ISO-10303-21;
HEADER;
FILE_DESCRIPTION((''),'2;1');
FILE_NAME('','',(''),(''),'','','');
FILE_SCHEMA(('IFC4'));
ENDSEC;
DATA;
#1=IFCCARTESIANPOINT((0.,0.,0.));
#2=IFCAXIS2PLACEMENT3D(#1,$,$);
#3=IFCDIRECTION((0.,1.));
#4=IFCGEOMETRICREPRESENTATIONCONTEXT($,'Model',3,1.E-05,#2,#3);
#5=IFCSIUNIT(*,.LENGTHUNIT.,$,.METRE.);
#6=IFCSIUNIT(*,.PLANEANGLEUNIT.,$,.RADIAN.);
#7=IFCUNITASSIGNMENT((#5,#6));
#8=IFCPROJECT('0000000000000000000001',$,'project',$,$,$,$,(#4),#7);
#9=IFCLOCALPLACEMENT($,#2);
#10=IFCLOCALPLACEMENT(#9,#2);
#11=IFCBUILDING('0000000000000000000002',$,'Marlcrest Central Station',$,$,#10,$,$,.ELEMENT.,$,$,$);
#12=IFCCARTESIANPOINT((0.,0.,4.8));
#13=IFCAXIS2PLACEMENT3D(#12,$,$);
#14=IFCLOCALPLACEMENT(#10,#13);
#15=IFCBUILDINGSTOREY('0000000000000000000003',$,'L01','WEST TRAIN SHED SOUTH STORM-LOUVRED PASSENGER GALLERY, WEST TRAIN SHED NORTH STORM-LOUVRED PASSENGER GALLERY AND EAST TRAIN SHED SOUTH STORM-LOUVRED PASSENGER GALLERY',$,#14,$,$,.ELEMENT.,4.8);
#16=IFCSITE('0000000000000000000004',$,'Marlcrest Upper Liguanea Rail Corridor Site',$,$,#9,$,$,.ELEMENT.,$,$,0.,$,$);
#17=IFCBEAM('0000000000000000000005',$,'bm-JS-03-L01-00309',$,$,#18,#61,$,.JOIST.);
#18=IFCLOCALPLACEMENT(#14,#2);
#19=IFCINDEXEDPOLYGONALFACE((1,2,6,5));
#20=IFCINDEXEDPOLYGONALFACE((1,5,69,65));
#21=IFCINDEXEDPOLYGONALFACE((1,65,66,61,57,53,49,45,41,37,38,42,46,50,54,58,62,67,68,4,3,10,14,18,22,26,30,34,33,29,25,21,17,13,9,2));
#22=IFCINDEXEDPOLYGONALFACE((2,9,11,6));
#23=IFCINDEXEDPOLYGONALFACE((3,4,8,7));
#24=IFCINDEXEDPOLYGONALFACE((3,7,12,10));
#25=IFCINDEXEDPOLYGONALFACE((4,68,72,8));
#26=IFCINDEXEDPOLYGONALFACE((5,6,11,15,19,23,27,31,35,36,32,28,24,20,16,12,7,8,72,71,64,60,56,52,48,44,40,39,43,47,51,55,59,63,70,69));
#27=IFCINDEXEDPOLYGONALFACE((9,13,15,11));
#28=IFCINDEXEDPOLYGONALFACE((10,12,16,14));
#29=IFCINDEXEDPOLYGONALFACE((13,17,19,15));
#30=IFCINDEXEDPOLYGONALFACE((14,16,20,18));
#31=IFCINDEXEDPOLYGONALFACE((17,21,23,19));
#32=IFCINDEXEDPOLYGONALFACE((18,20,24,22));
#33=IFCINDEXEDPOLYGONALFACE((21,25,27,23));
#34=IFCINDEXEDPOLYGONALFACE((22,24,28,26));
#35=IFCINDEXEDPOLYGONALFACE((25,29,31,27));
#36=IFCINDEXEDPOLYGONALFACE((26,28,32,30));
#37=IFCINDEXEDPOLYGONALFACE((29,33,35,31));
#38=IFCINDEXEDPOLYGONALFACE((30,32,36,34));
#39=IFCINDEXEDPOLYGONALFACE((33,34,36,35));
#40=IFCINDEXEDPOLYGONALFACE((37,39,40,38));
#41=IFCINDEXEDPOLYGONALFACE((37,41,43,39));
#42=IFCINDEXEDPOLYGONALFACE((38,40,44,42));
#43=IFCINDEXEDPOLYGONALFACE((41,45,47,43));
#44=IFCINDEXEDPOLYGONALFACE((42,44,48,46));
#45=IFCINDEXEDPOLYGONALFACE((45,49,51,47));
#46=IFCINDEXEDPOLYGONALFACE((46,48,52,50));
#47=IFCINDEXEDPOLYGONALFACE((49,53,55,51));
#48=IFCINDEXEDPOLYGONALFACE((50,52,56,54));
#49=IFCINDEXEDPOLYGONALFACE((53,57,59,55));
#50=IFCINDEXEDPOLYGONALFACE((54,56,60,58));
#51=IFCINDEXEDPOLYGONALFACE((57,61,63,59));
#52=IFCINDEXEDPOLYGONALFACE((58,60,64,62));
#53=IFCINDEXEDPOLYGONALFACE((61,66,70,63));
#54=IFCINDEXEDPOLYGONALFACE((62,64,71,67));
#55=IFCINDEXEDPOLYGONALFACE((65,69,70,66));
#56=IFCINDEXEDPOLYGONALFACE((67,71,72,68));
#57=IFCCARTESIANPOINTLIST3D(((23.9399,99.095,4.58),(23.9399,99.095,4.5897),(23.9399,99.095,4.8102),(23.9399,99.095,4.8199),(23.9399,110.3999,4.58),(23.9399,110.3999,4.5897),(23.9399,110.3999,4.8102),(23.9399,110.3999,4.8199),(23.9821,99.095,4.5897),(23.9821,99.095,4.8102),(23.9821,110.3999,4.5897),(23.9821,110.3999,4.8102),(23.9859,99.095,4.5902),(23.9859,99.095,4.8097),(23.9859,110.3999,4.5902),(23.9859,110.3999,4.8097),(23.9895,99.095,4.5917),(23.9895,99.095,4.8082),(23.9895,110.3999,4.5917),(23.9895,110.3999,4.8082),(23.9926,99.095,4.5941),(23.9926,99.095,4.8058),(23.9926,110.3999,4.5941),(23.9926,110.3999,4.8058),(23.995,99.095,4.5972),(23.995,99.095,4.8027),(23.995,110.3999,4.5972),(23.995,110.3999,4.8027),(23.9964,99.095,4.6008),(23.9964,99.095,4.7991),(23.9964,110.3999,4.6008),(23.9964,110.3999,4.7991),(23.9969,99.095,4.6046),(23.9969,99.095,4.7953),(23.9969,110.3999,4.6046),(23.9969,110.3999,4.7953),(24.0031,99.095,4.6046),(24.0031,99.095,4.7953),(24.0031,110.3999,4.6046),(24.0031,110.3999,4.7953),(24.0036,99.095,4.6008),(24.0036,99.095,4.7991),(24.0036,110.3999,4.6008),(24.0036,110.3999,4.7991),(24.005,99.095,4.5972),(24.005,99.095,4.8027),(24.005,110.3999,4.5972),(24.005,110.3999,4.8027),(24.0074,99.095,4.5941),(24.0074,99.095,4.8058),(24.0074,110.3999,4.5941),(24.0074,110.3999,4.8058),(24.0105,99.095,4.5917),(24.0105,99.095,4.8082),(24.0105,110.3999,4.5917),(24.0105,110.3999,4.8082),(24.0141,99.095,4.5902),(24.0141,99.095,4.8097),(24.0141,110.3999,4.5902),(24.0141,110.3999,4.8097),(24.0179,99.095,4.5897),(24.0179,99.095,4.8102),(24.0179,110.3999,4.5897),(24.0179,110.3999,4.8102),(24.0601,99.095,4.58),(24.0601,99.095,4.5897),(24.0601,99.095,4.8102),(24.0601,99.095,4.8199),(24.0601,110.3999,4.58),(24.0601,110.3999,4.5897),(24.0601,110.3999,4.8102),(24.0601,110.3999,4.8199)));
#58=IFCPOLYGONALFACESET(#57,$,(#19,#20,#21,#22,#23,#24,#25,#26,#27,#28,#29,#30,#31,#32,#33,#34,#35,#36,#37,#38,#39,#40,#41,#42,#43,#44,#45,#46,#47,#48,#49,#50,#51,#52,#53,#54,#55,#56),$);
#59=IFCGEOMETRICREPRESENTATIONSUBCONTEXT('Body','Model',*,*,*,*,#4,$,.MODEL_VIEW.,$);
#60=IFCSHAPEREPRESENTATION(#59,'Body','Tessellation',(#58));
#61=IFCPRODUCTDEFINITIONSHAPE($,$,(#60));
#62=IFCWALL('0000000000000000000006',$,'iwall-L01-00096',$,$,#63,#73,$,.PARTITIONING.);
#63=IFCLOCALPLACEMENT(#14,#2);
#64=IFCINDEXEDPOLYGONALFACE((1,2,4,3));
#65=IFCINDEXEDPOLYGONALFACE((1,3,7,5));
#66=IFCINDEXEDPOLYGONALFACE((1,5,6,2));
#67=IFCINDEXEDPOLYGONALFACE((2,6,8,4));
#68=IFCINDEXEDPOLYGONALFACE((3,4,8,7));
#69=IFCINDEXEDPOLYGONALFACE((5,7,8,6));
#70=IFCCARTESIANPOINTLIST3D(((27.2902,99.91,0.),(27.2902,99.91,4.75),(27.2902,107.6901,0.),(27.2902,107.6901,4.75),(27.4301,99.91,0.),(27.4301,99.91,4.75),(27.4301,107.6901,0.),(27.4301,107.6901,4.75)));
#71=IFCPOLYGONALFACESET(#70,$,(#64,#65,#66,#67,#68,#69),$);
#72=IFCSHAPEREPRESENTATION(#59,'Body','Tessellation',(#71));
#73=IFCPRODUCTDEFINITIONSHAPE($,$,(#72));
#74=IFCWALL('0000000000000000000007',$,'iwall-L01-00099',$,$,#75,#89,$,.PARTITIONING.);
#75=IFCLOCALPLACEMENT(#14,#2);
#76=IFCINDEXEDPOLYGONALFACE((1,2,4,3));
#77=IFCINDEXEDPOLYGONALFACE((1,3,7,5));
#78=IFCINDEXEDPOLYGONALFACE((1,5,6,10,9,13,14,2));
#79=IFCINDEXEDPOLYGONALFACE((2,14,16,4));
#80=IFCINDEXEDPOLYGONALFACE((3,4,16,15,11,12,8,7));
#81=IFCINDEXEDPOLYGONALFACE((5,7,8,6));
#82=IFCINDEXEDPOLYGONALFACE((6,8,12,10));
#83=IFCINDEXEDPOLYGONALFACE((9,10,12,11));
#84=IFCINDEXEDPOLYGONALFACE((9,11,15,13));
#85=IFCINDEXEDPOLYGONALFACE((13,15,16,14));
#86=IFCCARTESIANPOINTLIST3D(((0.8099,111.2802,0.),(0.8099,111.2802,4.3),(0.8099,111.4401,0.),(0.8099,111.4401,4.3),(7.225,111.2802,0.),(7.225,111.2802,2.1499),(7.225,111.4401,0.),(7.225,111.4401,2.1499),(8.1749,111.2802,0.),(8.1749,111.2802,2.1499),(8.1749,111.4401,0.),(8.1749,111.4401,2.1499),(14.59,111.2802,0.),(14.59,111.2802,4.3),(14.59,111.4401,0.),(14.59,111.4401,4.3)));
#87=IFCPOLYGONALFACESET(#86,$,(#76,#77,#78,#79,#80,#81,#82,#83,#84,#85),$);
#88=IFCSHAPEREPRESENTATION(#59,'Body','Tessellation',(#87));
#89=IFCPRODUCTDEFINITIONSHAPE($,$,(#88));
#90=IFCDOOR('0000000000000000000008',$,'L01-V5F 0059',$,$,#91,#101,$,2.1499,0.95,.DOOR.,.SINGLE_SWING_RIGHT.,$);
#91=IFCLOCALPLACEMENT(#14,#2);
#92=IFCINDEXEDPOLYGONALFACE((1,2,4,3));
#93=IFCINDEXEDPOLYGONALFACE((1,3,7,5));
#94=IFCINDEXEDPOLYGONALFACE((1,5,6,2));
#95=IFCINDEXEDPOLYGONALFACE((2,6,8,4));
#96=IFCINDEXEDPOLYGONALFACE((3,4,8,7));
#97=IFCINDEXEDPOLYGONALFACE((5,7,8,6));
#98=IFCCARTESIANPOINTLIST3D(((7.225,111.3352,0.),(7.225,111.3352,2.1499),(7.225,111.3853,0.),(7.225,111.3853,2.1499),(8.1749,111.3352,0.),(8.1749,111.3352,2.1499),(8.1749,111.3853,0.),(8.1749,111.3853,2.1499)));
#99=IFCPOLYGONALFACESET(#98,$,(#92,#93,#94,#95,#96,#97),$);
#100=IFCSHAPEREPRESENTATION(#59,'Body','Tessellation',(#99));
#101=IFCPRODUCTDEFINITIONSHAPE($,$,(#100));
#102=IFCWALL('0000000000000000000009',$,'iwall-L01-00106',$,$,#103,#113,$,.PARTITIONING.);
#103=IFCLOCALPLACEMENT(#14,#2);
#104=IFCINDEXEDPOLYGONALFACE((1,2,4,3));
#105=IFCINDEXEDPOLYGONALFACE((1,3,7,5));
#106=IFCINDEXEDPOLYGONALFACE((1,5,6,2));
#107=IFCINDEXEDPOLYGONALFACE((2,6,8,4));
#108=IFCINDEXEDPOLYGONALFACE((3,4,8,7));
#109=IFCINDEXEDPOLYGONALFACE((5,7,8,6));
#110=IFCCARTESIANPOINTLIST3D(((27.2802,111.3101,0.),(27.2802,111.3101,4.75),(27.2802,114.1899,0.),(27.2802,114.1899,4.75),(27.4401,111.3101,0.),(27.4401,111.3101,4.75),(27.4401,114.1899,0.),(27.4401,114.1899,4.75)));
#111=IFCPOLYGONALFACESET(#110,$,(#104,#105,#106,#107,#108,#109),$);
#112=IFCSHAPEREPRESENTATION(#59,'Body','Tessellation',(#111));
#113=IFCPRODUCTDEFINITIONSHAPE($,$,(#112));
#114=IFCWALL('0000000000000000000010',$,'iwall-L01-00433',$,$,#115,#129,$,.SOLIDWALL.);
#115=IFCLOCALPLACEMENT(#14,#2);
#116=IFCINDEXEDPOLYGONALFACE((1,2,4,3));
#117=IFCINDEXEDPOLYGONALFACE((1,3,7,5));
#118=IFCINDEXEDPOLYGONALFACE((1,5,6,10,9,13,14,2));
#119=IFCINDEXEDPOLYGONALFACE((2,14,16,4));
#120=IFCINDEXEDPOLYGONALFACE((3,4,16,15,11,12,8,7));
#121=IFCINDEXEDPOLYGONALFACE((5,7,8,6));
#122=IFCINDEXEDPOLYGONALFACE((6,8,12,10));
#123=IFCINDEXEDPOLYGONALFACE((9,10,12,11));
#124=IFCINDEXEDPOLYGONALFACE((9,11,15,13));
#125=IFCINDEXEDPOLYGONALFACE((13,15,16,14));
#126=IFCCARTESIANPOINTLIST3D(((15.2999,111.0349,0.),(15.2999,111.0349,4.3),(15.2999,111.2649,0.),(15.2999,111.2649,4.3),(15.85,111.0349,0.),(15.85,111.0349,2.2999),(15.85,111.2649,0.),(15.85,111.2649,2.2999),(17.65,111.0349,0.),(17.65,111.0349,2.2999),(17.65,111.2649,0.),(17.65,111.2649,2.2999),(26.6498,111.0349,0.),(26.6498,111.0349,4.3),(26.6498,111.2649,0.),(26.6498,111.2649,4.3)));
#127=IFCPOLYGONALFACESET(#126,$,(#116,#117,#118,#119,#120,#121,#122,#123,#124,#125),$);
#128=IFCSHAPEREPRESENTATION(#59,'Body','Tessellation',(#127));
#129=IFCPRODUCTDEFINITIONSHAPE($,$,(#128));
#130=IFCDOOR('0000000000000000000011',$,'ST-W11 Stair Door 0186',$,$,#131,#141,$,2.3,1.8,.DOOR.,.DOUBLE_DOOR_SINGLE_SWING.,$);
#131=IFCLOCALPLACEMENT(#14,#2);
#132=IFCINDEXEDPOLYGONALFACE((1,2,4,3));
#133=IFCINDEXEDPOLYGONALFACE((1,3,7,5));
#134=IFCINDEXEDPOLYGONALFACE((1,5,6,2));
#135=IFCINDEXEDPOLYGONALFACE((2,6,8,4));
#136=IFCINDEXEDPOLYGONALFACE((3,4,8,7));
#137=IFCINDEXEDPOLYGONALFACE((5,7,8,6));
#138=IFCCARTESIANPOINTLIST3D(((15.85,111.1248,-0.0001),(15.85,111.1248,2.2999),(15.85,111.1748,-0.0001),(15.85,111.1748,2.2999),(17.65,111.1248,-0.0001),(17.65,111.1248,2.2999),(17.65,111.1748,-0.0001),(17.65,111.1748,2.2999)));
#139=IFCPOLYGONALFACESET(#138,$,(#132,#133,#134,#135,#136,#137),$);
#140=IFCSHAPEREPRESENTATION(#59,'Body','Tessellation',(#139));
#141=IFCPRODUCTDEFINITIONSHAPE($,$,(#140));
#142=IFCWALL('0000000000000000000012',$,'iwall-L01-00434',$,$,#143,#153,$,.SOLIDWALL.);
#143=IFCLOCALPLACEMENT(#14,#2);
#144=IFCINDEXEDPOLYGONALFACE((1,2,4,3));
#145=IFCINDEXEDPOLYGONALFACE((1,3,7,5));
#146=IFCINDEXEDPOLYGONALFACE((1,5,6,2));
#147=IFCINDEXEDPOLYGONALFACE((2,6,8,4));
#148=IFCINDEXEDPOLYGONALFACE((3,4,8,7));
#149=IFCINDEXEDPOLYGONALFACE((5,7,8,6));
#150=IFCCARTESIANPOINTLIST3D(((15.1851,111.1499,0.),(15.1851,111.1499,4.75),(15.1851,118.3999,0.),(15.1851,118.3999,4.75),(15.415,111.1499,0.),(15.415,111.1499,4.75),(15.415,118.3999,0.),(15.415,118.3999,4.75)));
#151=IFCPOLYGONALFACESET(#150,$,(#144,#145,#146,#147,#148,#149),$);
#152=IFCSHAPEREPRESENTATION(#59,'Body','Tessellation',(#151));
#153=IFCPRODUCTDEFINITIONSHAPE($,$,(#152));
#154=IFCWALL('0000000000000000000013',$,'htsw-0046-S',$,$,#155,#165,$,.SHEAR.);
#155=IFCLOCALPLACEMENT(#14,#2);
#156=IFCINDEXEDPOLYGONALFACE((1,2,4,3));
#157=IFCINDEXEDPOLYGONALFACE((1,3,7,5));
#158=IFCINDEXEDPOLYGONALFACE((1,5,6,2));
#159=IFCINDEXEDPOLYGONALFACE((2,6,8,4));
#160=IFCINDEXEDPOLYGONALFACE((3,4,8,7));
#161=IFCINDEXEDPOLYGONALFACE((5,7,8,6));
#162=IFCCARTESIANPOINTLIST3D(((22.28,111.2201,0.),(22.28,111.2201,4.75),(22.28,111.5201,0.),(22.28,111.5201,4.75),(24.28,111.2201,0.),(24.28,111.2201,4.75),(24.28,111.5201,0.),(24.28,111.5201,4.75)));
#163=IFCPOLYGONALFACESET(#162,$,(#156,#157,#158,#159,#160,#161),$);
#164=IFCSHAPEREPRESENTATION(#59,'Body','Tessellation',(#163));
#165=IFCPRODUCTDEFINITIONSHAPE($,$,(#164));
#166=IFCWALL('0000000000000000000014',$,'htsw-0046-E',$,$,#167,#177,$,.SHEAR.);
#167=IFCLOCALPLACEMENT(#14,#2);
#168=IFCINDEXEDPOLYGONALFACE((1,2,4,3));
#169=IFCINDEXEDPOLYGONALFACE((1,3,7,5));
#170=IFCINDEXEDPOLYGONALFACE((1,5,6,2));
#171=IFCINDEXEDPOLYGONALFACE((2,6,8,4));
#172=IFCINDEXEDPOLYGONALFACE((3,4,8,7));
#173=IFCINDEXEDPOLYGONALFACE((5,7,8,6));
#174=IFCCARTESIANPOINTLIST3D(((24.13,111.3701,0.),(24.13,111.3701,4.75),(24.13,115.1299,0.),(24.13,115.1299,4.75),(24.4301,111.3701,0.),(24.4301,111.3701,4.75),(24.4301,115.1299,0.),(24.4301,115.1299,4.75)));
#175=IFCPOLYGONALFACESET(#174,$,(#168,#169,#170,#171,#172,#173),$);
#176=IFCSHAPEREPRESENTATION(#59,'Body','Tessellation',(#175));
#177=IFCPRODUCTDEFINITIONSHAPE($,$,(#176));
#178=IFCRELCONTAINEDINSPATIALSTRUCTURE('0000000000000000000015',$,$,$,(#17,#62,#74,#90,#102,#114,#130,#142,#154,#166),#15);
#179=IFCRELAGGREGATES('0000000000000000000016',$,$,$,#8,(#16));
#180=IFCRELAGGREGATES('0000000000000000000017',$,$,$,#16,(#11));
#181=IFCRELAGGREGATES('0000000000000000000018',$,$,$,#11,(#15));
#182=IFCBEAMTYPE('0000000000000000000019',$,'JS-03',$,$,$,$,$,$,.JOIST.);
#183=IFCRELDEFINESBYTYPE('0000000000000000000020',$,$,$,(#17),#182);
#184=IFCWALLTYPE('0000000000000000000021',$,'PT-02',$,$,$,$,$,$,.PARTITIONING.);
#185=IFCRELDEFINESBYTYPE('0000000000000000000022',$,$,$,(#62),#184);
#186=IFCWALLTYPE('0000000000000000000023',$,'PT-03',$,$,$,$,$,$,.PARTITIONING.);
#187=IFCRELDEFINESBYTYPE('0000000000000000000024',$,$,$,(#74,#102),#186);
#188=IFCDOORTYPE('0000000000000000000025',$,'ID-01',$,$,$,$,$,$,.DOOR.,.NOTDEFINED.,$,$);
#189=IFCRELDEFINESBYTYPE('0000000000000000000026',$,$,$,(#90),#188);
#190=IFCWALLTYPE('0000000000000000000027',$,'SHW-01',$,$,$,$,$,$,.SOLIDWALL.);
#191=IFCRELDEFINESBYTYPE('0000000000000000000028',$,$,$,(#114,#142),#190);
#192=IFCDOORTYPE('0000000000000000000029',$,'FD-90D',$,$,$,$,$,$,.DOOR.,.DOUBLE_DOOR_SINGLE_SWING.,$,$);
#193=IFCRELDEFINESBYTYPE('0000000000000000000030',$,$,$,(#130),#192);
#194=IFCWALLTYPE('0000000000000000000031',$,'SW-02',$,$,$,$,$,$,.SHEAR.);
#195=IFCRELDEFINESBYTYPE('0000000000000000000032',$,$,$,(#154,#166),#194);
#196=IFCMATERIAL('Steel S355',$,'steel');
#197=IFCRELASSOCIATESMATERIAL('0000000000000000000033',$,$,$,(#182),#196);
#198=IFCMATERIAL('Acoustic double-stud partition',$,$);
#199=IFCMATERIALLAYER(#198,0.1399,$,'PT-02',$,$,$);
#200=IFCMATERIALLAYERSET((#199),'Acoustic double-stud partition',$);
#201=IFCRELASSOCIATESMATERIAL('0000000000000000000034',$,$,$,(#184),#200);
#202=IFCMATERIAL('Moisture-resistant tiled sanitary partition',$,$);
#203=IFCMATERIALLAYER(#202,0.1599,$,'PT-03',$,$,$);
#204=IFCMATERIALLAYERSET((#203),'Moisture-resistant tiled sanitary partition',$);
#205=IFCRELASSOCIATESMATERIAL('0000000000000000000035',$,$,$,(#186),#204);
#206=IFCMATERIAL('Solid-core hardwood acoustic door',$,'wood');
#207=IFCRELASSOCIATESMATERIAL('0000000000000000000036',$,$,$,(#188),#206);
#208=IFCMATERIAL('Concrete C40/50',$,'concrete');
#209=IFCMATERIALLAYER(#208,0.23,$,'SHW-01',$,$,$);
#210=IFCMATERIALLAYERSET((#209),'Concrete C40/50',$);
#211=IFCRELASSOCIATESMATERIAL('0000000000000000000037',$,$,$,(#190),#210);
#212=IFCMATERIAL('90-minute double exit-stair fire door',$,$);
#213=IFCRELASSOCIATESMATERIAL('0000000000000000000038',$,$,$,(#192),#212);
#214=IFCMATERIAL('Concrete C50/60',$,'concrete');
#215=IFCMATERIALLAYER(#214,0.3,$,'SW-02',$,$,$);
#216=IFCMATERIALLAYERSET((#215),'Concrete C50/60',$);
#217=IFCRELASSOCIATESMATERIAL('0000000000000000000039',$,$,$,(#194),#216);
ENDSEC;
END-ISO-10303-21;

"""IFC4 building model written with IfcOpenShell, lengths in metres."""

from ifc_helpers import new_model, si_unit, direction, frame, frame_2d, origin, origin_2d, place, context, subcontext, project, spatial, rectangle, i_section, extrude, material, layer, layer_set, material_profile, profile_set, type_object, element, fill, save


model = new_model("IFC4")

# Units and contexts
model_context = context("Model", 3, precision=1e-05, world=origin(), true_north=direction((0.0, 1.0)))
body_context = subcontext(model_context, "Body", "Model", "MODEL_VIEW")
ifc_project = project(units=[si_unit("LENGTHUNIT", "METRE"), si_unit("PLANEANGLEUNIT", "RADIAN")], contexts=[model_context])

# Site, building, storey
site_placement = place(None, origin())
site = spatial("IfcSite", under=ifc_project, at=site_placement, Name="Marlcrest Upper Liguanea Rail Corridor Site", CompositionType="ELEMENT", RefElevation=0.0)
building_placement = place(site_placement, origin())
building = spatial("IfcBuilding", under=site, at=building_placement, Name="Marlcrest Central Station", CompositionType="ELEMENT")
storey_placement = place(building_placement, frame((0.0, 0.0, 4.8)))
storey = spatial("IfcBuildingStorey", under=building, at=storey_placement, Name="L01", Description="WEST TRAIN SHED SOUTH STORM-LOUVRED PASSENGER GALLERY, WEST TRAIN SHED NORTH STORM-LOUVRED PASSENGER GALLERY AND EAST TRAIN SHED SOUTH STORM-LOUVRED PASSENGER GALLERY", CompositionType="ELEMENT", Elevation=4.8)

# Shared definitions
ifc_material_1 = material(Name="Steel S355", Category="steel")

# Beam
ifc_material_profile_1 = material_profile(ifc_material_1, i_section(OverallWidth=0.1201, OverallDepth=0.24, WebThickness=0.0061, FlangeThickness=0.0098, FilletRadius=0.0149, at=origin_2d()), Name="IPE 240")
ifc_profile_set_1 = profile_set([ifc_material_profile_1], Name="Steel S355")
beam_type_1 = type_object("IfcBeamType", Name="JS-03", PredefinedType="JOIST", material=ifc_profile_set_1)
beam_1_placement = place(storey_placement, frame((24.0, 99.095, 4.7), z_axis=(0.0, 1.0, 0.0), x_axis=(-1.0, 0.0, 0.0)))
element("IfcBeam", 1, at=beam_1_placement, inside=storey, type_object=beam_type_1, Name="bm-JS-03-L01-00309", PredefinedType="JOIST", context=body_context, shape_type="SweptSolid", body=[
    extrude(i_section(OverallWidth=0.1201, OverallDepth=0.24, WebThickness=0.0061, FlangeThickness=0.0098, FilletRadius=0.0149, at=origin_2d()), origin(), (0.0, 0.0, 1.0), 11.3049),
])

# Wall
ifc_material_2 = material(Name="Acoustic double-stud partition")
ifc_layer_1 = layer(ifc_material_2, 0.1399, Name="PT-02")
ifc_layer_set_1 = layer_set([ifc_layer_1], Name="Acoustic double-stud partition")
wall_type_1 = type_object("IfcWallType", Name="PT-02", PredefinedType="PARTITIONING", material=ifc_layer_set_1)
wall_1_placement = place(storey_placement, frame((27.3601, 99.9099, 0.0), z_axis=(0.0, 0.0, 1.0), x_axis=(0.0, 1.0, 0.0)))
element("IfcWall", 2, at=wall_1_placement, inside=storey, type_object=wall_type_1, Name="iwall-L01-00096", PredefinedType="PARTITIONING", context=body_context, shape_type="SweptSolid", body=[
    extrude(rectangle(XDim=7.78, YDim=0.1399, at=frame_2d((3.8901, 0.0))), origin(), (0.0, 0.0, 1.0), 4.75),
])

# Wall, opening, door
ifc_material_3 = material(Name="Moisture-resistant tiled sanitary partition")
ifc_layer_2 = layer(ifc_material_3, 0.1599, Name="PT-03")
ifc_layer_set_2 = layer_set([ifc_layer_2], Name="Moisture-resistant tiled sanitary partition")
wall_type_2 = type_object("IfcWallType", Name="PT-03", PredefinedType="PARTITIONING", material=ifc_layer_set_2)
wall_2_placement = place(storey_placement, frame((14.5901, 111.3601, 0.0), z_axis=(0.0, 0.0, 1.0), x_axis=(-1.0, 0.0, 0.0)))
wall_2 = element("IfcWall", 3, at=wall_2_placement, inside=storey, type_object=wall_type_2, Name="iwall-L01-00099", PredefinedType="PARTITIONING", context=body_context, shape_type="SweptSolid", body=[
    extrude(rectangle(XDim=13.78, YDim=0.1599, at=frame_2d((6.8901, 0.0))), origin(), (0.0, 0.0, 1.0), 4.3),
])
opening_1_placement = place(wall_2_placement, frame((6.415, 0.0, 0.0)))
opening_1 = element("IfcOpeningElement", 4, at=opening_1_placement, cuts=wall_2, PredefinedType="OPENING", context=body_context, shape_type="SweptSolid", body=[
    extrude(rectangle(XDim=0.95, YDim=2.1499, at=frame_2d((0.4751, 1.075))), frame((0.0, 0.0898, 0.0), z_axis=(0.0, -1.0, 0.0), x_axis=(1.0, 0.0, 0.0)), (0.0, 0.0, 1.0), 0.1799),
])
ifc_material_4 = material(Name="Solid-core hardwood acoustic door", Category="wood")
door_type_1 = type_object("IfcDoorType", Name="ID-01", OperationType="NOTDEFINED", PredefinedType="DOOR", material=ifc_material_4)
door_1_placement = place(opening_1_placement, origin())
door_1 = element("IfcDoor", 5, at=door_1_placement, inside=storey, type_object=door_type_1, Name="L01-V5F 0059", OperationType="SINGLE_SWING_RIGHT", OverallHeight=2.1499, OverallWidth=0.95, PredefinedType="DOOR", context=body_context, shape_type="SweptSolid", body=[
    extrude(rectangle(XDim=0.95, YDim=2.1499, at=frame_2d((0.4751, 1.075))), frame((0.0, 0.0249, 0.0), z_axis=(0.0, -1.0, 0.0), x_axis=(1.0, 0.0, 0.0)), (0.0, 0.0, 1.0), 0.05),
])
fill(opening_1, door_1)

# Wall
wall_3_placement = place(storey_placement, frame((27.3601, 111.3101, 0.0), z_axis=(0.0, 0.0, 1.0), x_axis=(0.0, 1.0, 0.0)))
element("IfcWall", 6, at=wall_3_placement, inside=storey, type_object=wall_type_2, Name="iwall-L01-00106", PredefinedType="PARTITIONING", context=body_context, shape_type="SweptSolid", body=[
    extrude(rectangle(XDim=2.8799, YDim=0.1599, at=frame_2d((1.4399, 0.0))), origin(), (0.0, 0.0, 1.0), 4.75),
])

# Wall, opening, door
ifc_material_5 = material(Name="Concrete C40/50", Category="concrete")
ifc_layer_3 = layer(ifc_material_5, 0.23, Name="SHW-01")
ifc_layer_set_3 = layer_set([ifc_layer_3], Name="Concrete C40/50")
wall_type_3 = type_object("IfcWallType", Name="SHW-01", PredefinedType="SOLIDWALL", material=ifc_layer_set_3)
wall_4_placement = place(storey_placement, frame((15.3, 111.1499, 0.0), z_axis=(0.0, 0.0, 1.0), x_axis=(1.0, 0.0, 0.0)))
wall_4 = element("IfcWall", 7, at=wall_4_placement, inside=storey, type_object=wall_type_3, Name="iwall-L01-00433", PredefinedType="SOLIDWALL", context=body_context, shape_type="SweptSolid", body=[
    extrude(rectangle(XDim=11.3499, YDim=0.23, at=frame_2d((5.6748, 0.0))), origin(), (0.0, 0.0, 1.0), 4.3),
])
opening_2_placement = place(wall_4_placement, frame((0.55, 0.0, 0.0)))
opening_2 = element("IfcOpeningElement", 8, at=opening_2_placement, cuts=wall_4, PredefinedType="OPENING", context=body_context, shape_type="SweptSolid", body=[
    extrude(rectangle(XDim=1.8, YDim=2.3, at=frame_2d((0.8999, 1.1499))), frame((0.0, 0.125, 0.0), z_axis=(0.0, -1.0, 0.0), x_axis=(1.0, 0.0, 0.0)), (0.0, 0.0, 1.0), 0.25),
])
ifc_material_6 = material(Name="90-minute double exit-stair fire door")
door_type_2 = type_object("IfcDoorType", Name="FD-90D", OperationType="DOUBLE_DOOR_SINGLE_SWING", PredefinedType="DOOR", material=ifc_material_6)
door_2_placement = place(opening_2_placement, origin())
door_2 = element("IfcDoor", 9, at=door_2_placement, inside=storey, type_object=door_type_2, Name="ST-W11 Stair Door 0186", OperationType="DOUBLE_DOOR_SINGLE_SWING", OverallHeight=2.3, OverallWidth=1.8, PredefinedType="DOOR", context=body_context, shape_type="SweptSolid", body=[
    extrude(rectangle(XDim=1.8, YDim=2.3, at=frame_2d((0.8999, 1.1499))), frame((0.0, 0.0249, 0.0), z_axis=(0.0, -1.0, 0.0), x_axis=(1.0, 0.0, 0.0)), (0.0, 0.0, 1.0), 0.05),
])
fill(opening_2, door_2)

# Walls
wall_5_placement = place(storey_placement, frame((15.3, 111.1499, 0.0), z_axis=(0.0, 0.0, 1.0), x_axis=(0.0, 1.0, 0.0)))
element("IfcWall", 10, at=wall_5_placement, inside=storey, type_object=wall_type_3, Name="iwall-L01-00434", PredefinedType="SOLIDWALL", context=body_context, shape_type="SweptSolid", body=[
    extrude(rectangle(XDim=7.25, YDim=0.23, at=frame_2d((3.625, 0.0))), origin(), (0.0, 0.0, 1.0), 4.75),
])
ifc_material_7 = material(Name="Concrete C50/60", Category="concrete")
ifc_layer_4 = layer(ifc_material_7, 0.3, Name="SW-02")
ifc_layer_set_4 = layer_set([ifc_layer_4], Name="Concrete C50/60")
wall_type_4 = type_object("IfcWallType", Name="SW-02", PredefinedType="SHEAR", material=ifc_layer_set_4)
wall_6_placement = place(storey_placement, frame((22.28, 111.3701, 0.0), z_axis=(0.0, 0.0, 1.0), x_axis=(1.0, 0.0, 0.0)))
element("IfcWall", 11, at=wall_6_placement, inside=storey, type_object=wall_type_4, Name="htsw-0046-S", PredefinedType="SHEAR", context=body_context, shape_type="SweptSolid", body=[
    extrude(rectangle(XDim=2.0, YDim=0.3, at=frame_2d((1.0, 0.0))), origin(), (0.0, 0.0, 1.0), 4.75),
])
wall_7_placement = place(storey_placement, frame((24.28, 111.3701, 0.0), z_axis=(0.0, 0.0, 1.0), x_axis=(0.0, 1.0, 0.0)))
element("IfcWall", 12, at=wall_7_placement, inside=storey, type_object=wall_type_4, Name="htsw-0046-E", PredefinedType="SHEAR", context=body_context, shape_type="SweptSolid", body=[
    extrude(rectangle(XDim=3.7598, YDim=0.3, at=frame_2d((1.8799, 0.0))), origin(), (0.0, 0.0, 1.0), 4.75),
])

save(model, "model.ifc")
